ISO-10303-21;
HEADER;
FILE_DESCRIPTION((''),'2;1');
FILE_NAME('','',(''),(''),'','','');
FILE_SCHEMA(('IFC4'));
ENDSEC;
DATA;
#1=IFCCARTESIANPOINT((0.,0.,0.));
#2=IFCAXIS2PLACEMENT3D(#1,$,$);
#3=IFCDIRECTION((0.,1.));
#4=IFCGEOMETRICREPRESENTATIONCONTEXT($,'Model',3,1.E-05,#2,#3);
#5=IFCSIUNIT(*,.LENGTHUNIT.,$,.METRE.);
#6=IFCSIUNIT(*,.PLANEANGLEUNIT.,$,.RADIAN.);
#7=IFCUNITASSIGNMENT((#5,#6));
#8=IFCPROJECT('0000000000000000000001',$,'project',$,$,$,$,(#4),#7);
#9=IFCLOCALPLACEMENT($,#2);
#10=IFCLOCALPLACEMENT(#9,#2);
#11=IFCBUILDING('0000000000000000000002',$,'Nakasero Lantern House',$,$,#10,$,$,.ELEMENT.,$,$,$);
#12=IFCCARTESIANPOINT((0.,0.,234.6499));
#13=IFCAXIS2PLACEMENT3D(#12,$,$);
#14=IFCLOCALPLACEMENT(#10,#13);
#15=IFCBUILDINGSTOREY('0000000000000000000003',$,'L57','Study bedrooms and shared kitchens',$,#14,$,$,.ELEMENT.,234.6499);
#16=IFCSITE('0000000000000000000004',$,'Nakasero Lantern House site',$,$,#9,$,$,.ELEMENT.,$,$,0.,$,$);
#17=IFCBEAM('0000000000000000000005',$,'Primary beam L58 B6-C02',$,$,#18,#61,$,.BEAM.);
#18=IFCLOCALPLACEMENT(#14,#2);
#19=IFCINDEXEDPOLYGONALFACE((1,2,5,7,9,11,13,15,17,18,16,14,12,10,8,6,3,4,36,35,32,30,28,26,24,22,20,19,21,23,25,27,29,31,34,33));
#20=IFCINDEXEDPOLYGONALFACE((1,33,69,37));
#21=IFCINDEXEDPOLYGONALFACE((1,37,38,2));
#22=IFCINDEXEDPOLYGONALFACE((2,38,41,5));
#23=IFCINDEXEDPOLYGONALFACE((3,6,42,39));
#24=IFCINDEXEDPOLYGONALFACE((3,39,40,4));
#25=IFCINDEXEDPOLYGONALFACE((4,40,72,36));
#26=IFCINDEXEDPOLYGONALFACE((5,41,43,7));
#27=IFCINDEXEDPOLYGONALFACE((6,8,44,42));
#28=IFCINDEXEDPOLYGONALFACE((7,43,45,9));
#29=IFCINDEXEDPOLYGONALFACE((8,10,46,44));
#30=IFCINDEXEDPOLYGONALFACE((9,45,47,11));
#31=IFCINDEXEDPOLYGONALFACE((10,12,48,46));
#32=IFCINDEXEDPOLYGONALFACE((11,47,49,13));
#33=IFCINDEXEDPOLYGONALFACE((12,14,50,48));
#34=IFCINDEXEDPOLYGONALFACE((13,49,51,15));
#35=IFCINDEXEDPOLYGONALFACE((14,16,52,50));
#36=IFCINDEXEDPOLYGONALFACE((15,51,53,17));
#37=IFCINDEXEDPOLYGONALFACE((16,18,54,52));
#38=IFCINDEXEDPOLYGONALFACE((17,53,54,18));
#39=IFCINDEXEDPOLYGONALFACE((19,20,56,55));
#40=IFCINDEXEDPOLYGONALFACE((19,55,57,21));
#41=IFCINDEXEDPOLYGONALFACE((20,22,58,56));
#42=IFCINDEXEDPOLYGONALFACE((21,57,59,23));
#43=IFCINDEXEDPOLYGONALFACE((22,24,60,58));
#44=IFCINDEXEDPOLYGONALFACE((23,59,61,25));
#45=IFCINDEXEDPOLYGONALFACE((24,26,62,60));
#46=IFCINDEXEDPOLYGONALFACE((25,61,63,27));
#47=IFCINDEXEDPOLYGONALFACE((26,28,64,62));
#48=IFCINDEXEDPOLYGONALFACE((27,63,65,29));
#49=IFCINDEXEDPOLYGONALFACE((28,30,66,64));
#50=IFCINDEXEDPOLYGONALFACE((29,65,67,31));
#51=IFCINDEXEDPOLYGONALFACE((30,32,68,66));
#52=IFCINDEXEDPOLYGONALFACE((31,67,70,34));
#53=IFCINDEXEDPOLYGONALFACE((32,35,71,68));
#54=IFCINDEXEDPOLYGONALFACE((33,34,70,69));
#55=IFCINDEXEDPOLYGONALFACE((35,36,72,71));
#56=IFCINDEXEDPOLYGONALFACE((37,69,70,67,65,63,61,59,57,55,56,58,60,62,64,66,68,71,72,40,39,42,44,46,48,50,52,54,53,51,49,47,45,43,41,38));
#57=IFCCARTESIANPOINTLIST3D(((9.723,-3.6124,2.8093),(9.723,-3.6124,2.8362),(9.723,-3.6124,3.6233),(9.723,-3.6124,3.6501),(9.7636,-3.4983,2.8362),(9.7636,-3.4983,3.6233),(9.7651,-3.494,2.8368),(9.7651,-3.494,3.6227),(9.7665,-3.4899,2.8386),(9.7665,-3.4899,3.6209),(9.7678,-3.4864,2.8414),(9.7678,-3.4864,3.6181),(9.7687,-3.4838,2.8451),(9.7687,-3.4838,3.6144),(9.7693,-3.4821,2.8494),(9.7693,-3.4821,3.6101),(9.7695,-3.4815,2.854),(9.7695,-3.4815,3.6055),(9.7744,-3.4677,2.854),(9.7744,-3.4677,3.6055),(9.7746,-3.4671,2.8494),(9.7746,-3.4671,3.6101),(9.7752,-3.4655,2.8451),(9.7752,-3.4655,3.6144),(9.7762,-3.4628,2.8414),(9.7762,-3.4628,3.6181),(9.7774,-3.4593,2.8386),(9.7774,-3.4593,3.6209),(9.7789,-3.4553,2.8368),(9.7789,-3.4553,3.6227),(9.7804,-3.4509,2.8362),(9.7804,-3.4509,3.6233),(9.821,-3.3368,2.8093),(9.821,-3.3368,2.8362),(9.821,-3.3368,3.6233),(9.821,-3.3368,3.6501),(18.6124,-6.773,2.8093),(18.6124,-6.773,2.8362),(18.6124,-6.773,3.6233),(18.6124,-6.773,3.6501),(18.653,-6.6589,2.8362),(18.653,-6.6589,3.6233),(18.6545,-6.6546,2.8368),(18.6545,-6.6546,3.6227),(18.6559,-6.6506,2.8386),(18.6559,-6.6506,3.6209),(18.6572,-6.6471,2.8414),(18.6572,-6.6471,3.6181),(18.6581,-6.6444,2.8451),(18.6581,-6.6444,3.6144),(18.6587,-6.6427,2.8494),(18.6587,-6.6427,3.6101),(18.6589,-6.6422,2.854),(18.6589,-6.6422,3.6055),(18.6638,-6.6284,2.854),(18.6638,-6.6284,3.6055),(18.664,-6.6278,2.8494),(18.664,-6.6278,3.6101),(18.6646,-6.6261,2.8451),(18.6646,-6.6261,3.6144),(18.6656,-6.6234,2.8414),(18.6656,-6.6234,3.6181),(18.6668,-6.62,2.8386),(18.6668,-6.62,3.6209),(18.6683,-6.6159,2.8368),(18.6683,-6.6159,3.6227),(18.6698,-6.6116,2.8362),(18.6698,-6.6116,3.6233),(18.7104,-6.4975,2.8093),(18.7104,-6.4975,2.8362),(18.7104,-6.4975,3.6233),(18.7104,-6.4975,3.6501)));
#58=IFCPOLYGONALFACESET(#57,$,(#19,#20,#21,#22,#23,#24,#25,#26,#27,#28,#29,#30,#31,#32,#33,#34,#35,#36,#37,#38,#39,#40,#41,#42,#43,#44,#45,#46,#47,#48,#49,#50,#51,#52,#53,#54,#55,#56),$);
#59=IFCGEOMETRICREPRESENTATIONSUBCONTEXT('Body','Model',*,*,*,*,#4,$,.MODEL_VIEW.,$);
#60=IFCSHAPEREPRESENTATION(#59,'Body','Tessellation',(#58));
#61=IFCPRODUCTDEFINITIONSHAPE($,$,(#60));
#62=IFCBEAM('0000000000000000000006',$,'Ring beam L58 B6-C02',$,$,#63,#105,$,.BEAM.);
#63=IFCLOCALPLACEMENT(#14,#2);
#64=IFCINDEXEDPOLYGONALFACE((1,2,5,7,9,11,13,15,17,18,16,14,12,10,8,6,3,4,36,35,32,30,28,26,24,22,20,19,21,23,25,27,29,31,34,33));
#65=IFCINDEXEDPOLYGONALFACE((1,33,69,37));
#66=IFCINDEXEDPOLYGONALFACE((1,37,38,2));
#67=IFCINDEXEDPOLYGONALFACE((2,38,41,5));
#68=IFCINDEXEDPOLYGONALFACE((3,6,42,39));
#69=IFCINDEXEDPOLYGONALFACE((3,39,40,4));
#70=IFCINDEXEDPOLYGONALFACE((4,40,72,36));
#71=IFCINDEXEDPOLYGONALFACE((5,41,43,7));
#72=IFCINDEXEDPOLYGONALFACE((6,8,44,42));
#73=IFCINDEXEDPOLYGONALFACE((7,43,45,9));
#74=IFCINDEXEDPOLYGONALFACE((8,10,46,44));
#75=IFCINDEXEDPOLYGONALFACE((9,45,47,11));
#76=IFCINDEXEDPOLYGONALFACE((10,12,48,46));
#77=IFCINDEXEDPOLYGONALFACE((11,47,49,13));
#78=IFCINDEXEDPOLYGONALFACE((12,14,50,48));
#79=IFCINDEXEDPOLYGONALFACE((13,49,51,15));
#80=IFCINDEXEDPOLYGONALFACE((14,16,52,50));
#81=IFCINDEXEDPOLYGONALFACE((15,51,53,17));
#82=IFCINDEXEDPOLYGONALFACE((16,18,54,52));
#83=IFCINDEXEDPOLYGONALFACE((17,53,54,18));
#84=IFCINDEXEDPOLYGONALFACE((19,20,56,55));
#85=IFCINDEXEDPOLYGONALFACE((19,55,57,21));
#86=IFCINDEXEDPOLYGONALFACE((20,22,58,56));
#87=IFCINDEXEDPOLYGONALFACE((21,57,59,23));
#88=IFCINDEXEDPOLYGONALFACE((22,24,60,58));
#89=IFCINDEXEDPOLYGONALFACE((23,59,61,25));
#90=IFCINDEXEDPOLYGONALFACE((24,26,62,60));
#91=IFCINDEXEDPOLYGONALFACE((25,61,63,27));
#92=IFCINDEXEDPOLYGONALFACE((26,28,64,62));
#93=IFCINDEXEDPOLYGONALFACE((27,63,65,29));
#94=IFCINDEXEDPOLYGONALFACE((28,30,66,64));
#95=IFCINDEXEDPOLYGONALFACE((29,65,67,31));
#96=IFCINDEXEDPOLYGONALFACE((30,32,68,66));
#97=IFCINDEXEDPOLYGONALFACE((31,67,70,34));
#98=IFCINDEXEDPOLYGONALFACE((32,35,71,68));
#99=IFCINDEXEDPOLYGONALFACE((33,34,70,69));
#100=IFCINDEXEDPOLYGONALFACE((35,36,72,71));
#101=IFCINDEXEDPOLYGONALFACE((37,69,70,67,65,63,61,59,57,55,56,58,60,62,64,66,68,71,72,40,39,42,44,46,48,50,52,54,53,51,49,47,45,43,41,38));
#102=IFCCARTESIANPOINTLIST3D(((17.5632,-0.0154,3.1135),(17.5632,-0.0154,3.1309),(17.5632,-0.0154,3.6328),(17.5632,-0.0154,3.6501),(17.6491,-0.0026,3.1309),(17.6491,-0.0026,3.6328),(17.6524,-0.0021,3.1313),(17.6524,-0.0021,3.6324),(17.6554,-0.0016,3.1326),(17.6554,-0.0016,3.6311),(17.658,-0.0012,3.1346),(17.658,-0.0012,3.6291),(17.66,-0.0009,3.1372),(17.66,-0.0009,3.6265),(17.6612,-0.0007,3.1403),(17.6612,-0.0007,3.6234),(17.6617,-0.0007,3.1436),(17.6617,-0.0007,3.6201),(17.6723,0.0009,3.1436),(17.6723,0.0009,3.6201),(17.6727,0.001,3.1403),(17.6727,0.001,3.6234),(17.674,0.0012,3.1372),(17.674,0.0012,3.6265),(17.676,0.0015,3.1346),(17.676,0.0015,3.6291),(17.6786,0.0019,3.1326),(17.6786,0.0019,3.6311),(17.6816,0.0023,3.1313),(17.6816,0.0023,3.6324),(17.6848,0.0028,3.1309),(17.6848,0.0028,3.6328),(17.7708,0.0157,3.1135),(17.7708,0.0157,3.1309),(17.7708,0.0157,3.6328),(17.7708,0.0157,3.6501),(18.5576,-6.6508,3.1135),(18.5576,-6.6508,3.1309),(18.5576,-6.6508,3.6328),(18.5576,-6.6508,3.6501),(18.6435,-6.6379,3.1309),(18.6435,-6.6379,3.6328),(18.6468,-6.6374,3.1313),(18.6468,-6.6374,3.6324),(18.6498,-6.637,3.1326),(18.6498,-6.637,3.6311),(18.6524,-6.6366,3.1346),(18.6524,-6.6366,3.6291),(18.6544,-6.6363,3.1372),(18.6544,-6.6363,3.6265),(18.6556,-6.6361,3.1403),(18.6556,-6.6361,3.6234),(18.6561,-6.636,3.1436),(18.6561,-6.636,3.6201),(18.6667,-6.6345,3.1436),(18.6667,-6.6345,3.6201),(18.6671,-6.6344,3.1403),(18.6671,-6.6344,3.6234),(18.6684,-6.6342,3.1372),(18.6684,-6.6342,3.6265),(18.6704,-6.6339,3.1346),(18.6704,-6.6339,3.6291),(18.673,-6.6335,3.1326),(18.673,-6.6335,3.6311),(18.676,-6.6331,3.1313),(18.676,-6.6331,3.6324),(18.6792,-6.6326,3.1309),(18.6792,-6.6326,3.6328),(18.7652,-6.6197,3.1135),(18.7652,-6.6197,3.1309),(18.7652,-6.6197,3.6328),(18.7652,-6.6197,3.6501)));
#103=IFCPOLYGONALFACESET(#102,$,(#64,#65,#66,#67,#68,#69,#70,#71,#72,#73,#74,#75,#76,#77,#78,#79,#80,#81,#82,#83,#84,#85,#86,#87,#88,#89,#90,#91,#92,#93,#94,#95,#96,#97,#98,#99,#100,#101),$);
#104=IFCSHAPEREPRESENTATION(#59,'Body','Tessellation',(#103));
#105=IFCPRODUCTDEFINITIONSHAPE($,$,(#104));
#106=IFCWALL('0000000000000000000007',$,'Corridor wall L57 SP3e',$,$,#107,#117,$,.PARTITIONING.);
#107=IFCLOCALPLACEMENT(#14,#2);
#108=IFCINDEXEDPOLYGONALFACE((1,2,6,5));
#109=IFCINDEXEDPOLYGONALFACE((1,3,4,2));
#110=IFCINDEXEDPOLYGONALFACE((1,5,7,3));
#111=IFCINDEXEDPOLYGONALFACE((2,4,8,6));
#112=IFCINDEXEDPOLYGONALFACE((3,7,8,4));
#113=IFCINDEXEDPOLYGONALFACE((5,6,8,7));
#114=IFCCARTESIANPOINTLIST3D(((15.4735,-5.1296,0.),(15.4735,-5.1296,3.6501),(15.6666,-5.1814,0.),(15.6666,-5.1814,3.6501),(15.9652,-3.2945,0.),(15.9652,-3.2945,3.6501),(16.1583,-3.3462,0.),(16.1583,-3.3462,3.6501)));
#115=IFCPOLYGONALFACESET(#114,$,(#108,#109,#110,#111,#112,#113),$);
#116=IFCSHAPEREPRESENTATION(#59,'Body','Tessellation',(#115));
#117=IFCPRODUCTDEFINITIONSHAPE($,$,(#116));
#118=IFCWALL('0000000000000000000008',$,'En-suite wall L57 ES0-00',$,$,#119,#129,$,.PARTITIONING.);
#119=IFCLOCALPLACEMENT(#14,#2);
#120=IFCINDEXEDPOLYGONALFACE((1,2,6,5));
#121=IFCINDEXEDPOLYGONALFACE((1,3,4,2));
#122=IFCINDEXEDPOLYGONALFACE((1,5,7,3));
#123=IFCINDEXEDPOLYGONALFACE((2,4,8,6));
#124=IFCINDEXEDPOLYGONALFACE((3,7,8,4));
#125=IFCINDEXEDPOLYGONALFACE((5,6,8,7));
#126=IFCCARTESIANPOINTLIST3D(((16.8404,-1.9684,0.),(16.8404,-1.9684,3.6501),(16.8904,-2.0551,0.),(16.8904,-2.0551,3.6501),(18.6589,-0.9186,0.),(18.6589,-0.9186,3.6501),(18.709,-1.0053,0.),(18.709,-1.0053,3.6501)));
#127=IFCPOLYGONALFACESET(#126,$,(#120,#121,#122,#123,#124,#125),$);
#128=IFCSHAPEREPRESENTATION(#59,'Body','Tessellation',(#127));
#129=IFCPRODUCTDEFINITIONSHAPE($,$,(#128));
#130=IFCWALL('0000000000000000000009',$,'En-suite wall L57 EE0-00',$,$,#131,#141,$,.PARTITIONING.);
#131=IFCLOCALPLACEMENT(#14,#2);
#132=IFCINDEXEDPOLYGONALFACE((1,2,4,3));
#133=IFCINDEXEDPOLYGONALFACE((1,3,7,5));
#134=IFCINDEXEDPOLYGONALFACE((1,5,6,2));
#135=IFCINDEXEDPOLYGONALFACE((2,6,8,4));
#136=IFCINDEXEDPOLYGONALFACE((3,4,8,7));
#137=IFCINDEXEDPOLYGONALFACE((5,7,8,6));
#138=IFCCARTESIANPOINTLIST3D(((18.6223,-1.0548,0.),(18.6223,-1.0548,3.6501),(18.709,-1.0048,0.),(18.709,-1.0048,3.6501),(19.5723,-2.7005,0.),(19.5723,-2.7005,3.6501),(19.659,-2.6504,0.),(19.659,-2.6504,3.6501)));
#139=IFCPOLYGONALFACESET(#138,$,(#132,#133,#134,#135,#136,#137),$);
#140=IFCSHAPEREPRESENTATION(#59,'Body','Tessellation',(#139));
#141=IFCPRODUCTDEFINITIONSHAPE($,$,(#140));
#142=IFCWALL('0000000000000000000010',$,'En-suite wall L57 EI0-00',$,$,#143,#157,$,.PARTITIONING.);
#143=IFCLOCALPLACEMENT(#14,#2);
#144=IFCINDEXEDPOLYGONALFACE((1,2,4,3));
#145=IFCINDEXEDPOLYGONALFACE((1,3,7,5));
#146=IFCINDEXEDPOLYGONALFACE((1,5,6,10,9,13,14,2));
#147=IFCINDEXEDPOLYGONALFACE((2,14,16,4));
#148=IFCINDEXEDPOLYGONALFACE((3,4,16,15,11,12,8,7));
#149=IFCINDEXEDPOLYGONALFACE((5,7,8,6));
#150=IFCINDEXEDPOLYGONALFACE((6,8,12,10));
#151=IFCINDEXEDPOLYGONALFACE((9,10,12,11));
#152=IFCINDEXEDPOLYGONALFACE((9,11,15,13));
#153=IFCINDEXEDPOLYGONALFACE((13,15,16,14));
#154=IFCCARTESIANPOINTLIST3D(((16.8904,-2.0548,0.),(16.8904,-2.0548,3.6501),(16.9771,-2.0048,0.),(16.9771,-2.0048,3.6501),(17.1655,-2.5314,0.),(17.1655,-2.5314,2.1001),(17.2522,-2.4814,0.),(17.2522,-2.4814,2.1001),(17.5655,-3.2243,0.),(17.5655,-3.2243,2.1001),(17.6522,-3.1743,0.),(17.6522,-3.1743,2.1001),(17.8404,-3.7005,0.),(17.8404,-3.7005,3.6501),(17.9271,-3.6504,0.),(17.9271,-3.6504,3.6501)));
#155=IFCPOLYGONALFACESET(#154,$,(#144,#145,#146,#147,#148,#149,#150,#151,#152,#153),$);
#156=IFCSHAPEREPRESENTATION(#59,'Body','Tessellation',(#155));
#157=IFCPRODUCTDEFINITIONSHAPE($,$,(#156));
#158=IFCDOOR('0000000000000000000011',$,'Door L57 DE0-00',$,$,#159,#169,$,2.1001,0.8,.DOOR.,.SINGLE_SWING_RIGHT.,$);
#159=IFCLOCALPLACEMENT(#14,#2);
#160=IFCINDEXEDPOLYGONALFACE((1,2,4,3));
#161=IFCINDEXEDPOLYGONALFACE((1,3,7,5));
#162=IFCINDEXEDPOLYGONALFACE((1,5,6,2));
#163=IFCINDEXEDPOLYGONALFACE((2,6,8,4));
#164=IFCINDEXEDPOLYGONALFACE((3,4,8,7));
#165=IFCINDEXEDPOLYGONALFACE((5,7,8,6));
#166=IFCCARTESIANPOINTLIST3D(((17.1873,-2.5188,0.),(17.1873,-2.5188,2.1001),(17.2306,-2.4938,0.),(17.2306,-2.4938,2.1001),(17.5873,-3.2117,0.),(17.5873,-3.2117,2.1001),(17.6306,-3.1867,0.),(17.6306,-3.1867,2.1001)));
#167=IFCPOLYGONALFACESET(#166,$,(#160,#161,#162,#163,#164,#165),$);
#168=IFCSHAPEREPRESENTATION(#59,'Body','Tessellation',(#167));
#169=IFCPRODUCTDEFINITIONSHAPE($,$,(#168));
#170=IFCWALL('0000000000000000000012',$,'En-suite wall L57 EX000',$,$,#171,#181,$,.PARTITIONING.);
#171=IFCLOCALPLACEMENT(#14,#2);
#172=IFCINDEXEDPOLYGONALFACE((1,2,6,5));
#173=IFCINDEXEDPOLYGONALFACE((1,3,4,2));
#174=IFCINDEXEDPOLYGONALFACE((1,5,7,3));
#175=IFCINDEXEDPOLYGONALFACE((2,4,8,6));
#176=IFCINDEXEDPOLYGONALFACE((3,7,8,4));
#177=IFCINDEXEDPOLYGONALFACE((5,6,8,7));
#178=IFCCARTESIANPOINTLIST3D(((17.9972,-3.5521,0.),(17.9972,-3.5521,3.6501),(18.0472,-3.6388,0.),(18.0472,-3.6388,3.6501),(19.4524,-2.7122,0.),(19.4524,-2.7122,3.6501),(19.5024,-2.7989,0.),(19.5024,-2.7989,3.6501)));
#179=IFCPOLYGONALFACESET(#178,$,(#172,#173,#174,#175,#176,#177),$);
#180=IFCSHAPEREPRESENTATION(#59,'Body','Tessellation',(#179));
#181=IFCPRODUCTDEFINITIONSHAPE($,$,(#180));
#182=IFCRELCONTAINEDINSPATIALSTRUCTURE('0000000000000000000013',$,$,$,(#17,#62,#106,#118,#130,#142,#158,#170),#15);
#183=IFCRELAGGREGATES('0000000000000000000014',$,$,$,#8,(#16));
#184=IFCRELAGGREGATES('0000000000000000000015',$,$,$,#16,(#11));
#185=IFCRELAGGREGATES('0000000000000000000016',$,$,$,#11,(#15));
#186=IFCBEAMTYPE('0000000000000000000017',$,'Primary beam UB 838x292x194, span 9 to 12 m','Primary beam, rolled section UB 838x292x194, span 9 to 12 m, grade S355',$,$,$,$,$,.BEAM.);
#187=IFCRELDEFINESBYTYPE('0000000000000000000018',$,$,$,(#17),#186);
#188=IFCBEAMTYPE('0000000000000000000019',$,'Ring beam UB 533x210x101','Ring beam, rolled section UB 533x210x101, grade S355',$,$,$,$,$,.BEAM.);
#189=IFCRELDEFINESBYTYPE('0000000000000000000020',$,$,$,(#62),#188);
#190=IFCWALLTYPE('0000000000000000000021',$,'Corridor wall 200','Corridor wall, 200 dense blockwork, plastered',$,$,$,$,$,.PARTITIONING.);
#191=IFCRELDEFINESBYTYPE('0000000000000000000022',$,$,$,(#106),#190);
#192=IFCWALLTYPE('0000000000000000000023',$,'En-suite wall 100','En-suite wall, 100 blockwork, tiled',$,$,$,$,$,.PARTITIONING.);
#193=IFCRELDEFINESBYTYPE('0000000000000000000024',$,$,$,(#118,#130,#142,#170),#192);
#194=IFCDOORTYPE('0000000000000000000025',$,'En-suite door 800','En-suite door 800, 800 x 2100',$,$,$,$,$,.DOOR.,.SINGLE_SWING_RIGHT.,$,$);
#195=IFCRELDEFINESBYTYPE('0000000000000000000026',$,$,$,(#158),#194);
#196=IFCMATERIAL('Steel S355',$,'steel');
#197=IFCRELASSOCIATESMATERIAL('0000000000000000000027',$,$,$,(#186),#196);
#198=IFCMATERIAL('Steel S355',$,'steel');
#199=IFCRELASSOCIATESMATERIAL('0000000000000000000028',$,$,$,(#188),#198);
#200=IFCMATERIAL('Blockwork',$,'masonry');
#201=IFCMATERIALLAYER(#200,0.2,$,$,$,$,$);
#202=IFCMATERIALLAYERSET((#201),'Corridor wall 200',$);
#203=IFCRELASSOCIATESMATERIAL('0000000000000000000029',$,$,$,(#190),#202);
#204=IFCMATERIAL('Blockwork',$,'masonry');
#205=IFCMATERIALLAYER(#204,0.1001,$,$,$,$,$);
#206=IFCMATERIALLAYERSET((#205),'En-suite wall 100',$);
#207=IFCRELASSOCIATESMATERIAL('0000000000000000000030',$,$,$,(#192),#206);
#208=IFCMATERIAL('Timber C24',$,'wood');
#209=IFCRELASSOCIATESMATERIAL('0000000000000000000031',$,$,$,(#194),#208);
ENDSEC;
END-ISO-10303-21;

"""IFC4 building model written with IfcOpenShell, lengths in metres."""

from ifc_helpers import new_model, si_unit, direction, frame, frame_2d, origin, origin_2d, place, context, subcontext, project, spatial, rectangle, i_section, extrude, material, layer, layer_set, material_profile, profile_set, type_object, element, fill, save


model = new_model("IFC4")

# Units and contexts
model_context = context("Model", 3, precision=1e-05, world=origin(), true_north=direction((0.0, 1.0)))
body_context = subcontext(model_context, "Body", "Model", "MODEL_VIEW")
ifc_project = project(units=[si_unit("LENGTHUNIT", "METRE"), si_unit("PLANEANGLEUNIT", "RADIAN")], contexts=[model_context])

# Site, building, storey
site_placement = place(None, origin())
site = spatial("IfcSite", under=ifc_project, at=site_placement, Name="Nakasero Lantern House site", CompositionType="ELEMENT", RefElevation=0.0)
building_placement = place(site_placement, origin())
building = spatial("IfcBuilding", under=site, at=building_placement, Name="Nakasero Lantern House", CompositionType="ELEMENT")
storey_placement = place(building_placement, frame((0.0, 0.0, 234.6499)))
storey = spatial("IfcBuildingStorey", under=building, at=storey_placement, Name="L57", Description="Study bedrooms and shared kitchens", CompositionType="ELEMENT", Elevation=234.6499)

# Beams
ifc_material_1 = material(Name="Steel S355", Category="steel")
ifc_material_profile_1 = material_profile(ifc_material_1, i_section(OverallWidth=0.2925, OverallDepth=0.8408, WebThickness=0.0146, FlangeThickness=0.0269, FilletRadius=0.0178, at=origin_2d()), Name="UB 838x292x194")
ifc_profile_set_1 = profile_set([ifc_material_profile_1], Name="Steel S355")
beam_type_1 = type_object("IfcBeamType", Name="Primary beam UB 838x292x194, span 9 to 12 m", Description="Primary beam, rolled section UB 838x292x194, span 9 to 12 m, grade S355", PredefinedType="BEAM", material=ifc_profile_set_1)
beam_1_placement = place(storey_placement, frame((18.6614, -6.6353, 3.2297), z_axis=(-0.942216, 0.335007, 0.0), x_axis=(-0.335007, -0.942216, 0.0)))
element("IfcBeam", 1, at=beam_1_placement, inside=storey, type_object=beam_type_1, Name="Primary beam L58 B6-C02", PredefinedType="BEAM", context=body_context, shape_type="SweptSolid", body=[
    extrude(i_section(OverallWidth=0.2925, OverallDepth=0.8408, WebThickness=0.0146, FlangeThickness=0.0269, FilletRadius=0.0178, at=origin_2d()), origin(), (0.0, 0.0, 1.0), 9.4346),
])
ifc_material_2 = material(Name="Steel S355", Category="steel")
ifc_material_profile_2 = material_profile(ifc_material_2, i_section(OverallWidth=0.21, OverallDepth=0.5366, WebThickness=0.0107, FlangeThickness=0.0173, FilletRadius=0.0127, at=origin_2d()), Name="UB 533x210x101")
ifc_profile_set_2 = profile_set([ifc_material_profile_2], Name="Steel S355")
beam_type_2 = type_object("IfcBeamType", Name="Ring beam UB 533x210x101", Description="Ring beam, rolled section UB 533x210x101, grade S355", PredefinedType="BEAM", material=ifc_profile_set_2)
beam_2_placement = place(storey_placement, frame((18.6614, -6.6353, 3.3818), z_axis=(-0.148209, 0.988956, 0.0), x_axis=(-0.988956, -0.148209, 0.0)))
element("IfcBeam", 2, at=beam_2_placement, inside=storey, type_object=beam_type_2, Name="Ring beam L58 B6-C02", PredefinedType="BEAM", context=body_context, shape_type="SweptSolid", body=[
    extrude(i_section(OverallWidth=0.21, OverallDepth=0.5366, WebThickness=0.0107, FlangeThickness=0.0173, FilletRadius=0.0127, at=origin_2d()), origin(), (0.0, 0.0, 1.0), 6.7095),
])

# Walls
ifc_material_3 = material(Name="Blockwork", Category="masonry")
ifc_layer_1 = layer(ifc_material_3, 0.2)
ifc_layer_set_1 = layer_set([ifc_layer_1], Name="Corridor wall 200")
wall_type_1 = type_object("IfcWallType", Name="Corridor wall 200", Description="Corridor wall, 200 dense blockwork, plastered", PredefinedType="PARTITIONING", material=ifc_layer_set_1)
wall_1_placement = place(storey_placement, frame((15.5701, -5.1555, 0.0), z_axis=(0.0, 0.0, 1.0), x_axis=(0.258798, 0.965931, 0.0)))
element("IfcWall", 3, at=wall_1_placement, inside=storey, type_object=wall_type_1, Name="Corridor wall L57 SP3e", PredefinedType="PARTITIONING", context=body_context, shape_type="SweptSolid", body=[
    extrude(rectangle(XDim=1.8999, YDim=0.2, at=frame_2d((0.95, 0.0))), origin(), (0.0, 0.0, 1.0), 3.6501),
])
ifc_material_4 = material(Name="Blockwork", Category="masonry")
ifc_layer_2 = layer(ifc_material_4, 0.1001)
ifc_layer_set_2 = layer_set([ifc_layer_2], Name="En-suite wall 100")
wall_type_2 = type_object("IfcWallType", Name="En-suite wall 100", Description="En-suite wall, 100 blockwork, tiled", PredefinedType="PARTITIONING", material=ifc_layer_set_2)
wall_2_placement = place(storey_placement, frame((16.8655, -2.0117, 0.0), z_axis=(0.0, 0.0, 1.0), x_axis=(0.86606, 0.499941, 0.0)))
element("IfcWall", 4, at=wall_2_placement, inside=storey, type_object=wall_type_2, Name="En-suite wall L57 ES0-00", PredefinedType="PARTITIONING", context=body_context, shape_type="SweptSolid", body=[
    extrude(rectangle(XDim=2.0999, YDim=0.1001, at=frame_2d((1.0498, 0.0))), origin(), (0.0, 0.0, 1.0), 3.6501),
])
wall_3_placement = place(storey_placement, frame((19.6157, -2.6755, 0.0), z_axis=(0.0, 0.0, 1.0), x_axis=(-0.499967, 0.866044, 0.0)))
element("IfcWall", 5, at=wall_3_placement, inside=storey, type_object=wall_type_2, Name="En-suite wall L57 EE0-00", PredefinedType="PARTITIONING", context=body_context, shape_type="SweptSolid", body=[
    extrude(rectangle(XDim=1.9001, YDim=0.1001, at=frame_2d((0.9502, 0.0))), origin(), (0.0, 0.0, 1.0), 3.6501),
])

# Wall, opening, door
wall_4_placement = place(storey_placement, frame((17.8838, -3.6755, 0.0), z_axis=(0.0, 0.0, 1.0), x_axis=(-0.499967, 0.866044, 0.0)))
wall_4 = element("IfcWall", 6, at=wall_4_placement, inside=storey, type_object=wall_type_2, Name="En-suite wall L57 EI0-00", PredefinedType="PARTITIONING", context=body_context, shape_type="SweptSolid", body=[
    extrude(rectangle(XDim=1.9001, YDim=0.1001, at=frame_2d((0.9502, 0.0))), origin(), (0.0, 0.0, 1.0), 3.6501),
])
opening_1_placement = place(wall_4_placement, frame((0.55, 0.0, 0.0)))
opening_1 = element("IfcOpeningElement", 7, at=opening_1_placement, cuts=wall_4, PredefinedType="OPENING", context=body_context, shape_type="SweptSolid", body=[
    extrude(rectangle(XDim=0.8, YDim=2.1001, at=frame_2d((0.3999, 1.05))), frame((0.0, 0.0701, 0.0), z_axis=(0.0, -1.0, 0.0), x_axis=(1.0, 0.0, 0.0)), (0.0, 0.0, 1.0), 0.1401),
])
ifc_material_5 = material(Name="Timber C24", Category="wood")
door_type_1 = type_object("IfcDoorType", Name="En-suite door 800", Description="En-suite door 800, 800 x 2100", OperationType="SINGLE_SWING_RIGHT", PredefinedType="DOOR", material=ifc_material_5)
door_1_placement = place(opening_1_placement, origin())
door_1 = element("IfcDoor", 8, at=door_1_placement, inside=storey, type_object=door_type_1, Name="Door L57 DE0-00", OperationType="SINGLE_SWING_RIGHT", OverallHeight=2.1001, OverallWidth=0.8, PredefinedType="DOOR", context=body_context, shape_type="SweptSolid", body=[
    extrude(rectangle(XDim=0.8, YDim=2.1001, at=frame_2d((0.3999, 1.05))), frame((0.0, 0.0249, 0.0), z_axis=(0.0, -1.0, 0.0), x_axis=(1.0, 0.0, 0.0)), (0.0, 0.0, 1.0), 0.05),
])
fill(opening_1, door_1)

# Wall
wall_5_placement = place(storey_placement, frame((18.0222, -3.5955, 0.0), z_axis=(0.0, 0.0, 1.0), x_axis=(0.866089, 0.49989, 0.0)))
element("IfcWall", 9, at=wall_5_placement, inside=storey, type_object=wall_type_2, Name="En-suite wall L57 EX000", PredefinedType="PARTITIONING", context=body_context, shape_type="SweptSolid", body=[
    extrude(rectangle(XDim=1.6802, YDim=0.1001, at=frame_2d((0.8401, 0.0))), origin(), (0.0, 0.0, 1.0), 3.6501),
])

save(model, "model.ifc")
